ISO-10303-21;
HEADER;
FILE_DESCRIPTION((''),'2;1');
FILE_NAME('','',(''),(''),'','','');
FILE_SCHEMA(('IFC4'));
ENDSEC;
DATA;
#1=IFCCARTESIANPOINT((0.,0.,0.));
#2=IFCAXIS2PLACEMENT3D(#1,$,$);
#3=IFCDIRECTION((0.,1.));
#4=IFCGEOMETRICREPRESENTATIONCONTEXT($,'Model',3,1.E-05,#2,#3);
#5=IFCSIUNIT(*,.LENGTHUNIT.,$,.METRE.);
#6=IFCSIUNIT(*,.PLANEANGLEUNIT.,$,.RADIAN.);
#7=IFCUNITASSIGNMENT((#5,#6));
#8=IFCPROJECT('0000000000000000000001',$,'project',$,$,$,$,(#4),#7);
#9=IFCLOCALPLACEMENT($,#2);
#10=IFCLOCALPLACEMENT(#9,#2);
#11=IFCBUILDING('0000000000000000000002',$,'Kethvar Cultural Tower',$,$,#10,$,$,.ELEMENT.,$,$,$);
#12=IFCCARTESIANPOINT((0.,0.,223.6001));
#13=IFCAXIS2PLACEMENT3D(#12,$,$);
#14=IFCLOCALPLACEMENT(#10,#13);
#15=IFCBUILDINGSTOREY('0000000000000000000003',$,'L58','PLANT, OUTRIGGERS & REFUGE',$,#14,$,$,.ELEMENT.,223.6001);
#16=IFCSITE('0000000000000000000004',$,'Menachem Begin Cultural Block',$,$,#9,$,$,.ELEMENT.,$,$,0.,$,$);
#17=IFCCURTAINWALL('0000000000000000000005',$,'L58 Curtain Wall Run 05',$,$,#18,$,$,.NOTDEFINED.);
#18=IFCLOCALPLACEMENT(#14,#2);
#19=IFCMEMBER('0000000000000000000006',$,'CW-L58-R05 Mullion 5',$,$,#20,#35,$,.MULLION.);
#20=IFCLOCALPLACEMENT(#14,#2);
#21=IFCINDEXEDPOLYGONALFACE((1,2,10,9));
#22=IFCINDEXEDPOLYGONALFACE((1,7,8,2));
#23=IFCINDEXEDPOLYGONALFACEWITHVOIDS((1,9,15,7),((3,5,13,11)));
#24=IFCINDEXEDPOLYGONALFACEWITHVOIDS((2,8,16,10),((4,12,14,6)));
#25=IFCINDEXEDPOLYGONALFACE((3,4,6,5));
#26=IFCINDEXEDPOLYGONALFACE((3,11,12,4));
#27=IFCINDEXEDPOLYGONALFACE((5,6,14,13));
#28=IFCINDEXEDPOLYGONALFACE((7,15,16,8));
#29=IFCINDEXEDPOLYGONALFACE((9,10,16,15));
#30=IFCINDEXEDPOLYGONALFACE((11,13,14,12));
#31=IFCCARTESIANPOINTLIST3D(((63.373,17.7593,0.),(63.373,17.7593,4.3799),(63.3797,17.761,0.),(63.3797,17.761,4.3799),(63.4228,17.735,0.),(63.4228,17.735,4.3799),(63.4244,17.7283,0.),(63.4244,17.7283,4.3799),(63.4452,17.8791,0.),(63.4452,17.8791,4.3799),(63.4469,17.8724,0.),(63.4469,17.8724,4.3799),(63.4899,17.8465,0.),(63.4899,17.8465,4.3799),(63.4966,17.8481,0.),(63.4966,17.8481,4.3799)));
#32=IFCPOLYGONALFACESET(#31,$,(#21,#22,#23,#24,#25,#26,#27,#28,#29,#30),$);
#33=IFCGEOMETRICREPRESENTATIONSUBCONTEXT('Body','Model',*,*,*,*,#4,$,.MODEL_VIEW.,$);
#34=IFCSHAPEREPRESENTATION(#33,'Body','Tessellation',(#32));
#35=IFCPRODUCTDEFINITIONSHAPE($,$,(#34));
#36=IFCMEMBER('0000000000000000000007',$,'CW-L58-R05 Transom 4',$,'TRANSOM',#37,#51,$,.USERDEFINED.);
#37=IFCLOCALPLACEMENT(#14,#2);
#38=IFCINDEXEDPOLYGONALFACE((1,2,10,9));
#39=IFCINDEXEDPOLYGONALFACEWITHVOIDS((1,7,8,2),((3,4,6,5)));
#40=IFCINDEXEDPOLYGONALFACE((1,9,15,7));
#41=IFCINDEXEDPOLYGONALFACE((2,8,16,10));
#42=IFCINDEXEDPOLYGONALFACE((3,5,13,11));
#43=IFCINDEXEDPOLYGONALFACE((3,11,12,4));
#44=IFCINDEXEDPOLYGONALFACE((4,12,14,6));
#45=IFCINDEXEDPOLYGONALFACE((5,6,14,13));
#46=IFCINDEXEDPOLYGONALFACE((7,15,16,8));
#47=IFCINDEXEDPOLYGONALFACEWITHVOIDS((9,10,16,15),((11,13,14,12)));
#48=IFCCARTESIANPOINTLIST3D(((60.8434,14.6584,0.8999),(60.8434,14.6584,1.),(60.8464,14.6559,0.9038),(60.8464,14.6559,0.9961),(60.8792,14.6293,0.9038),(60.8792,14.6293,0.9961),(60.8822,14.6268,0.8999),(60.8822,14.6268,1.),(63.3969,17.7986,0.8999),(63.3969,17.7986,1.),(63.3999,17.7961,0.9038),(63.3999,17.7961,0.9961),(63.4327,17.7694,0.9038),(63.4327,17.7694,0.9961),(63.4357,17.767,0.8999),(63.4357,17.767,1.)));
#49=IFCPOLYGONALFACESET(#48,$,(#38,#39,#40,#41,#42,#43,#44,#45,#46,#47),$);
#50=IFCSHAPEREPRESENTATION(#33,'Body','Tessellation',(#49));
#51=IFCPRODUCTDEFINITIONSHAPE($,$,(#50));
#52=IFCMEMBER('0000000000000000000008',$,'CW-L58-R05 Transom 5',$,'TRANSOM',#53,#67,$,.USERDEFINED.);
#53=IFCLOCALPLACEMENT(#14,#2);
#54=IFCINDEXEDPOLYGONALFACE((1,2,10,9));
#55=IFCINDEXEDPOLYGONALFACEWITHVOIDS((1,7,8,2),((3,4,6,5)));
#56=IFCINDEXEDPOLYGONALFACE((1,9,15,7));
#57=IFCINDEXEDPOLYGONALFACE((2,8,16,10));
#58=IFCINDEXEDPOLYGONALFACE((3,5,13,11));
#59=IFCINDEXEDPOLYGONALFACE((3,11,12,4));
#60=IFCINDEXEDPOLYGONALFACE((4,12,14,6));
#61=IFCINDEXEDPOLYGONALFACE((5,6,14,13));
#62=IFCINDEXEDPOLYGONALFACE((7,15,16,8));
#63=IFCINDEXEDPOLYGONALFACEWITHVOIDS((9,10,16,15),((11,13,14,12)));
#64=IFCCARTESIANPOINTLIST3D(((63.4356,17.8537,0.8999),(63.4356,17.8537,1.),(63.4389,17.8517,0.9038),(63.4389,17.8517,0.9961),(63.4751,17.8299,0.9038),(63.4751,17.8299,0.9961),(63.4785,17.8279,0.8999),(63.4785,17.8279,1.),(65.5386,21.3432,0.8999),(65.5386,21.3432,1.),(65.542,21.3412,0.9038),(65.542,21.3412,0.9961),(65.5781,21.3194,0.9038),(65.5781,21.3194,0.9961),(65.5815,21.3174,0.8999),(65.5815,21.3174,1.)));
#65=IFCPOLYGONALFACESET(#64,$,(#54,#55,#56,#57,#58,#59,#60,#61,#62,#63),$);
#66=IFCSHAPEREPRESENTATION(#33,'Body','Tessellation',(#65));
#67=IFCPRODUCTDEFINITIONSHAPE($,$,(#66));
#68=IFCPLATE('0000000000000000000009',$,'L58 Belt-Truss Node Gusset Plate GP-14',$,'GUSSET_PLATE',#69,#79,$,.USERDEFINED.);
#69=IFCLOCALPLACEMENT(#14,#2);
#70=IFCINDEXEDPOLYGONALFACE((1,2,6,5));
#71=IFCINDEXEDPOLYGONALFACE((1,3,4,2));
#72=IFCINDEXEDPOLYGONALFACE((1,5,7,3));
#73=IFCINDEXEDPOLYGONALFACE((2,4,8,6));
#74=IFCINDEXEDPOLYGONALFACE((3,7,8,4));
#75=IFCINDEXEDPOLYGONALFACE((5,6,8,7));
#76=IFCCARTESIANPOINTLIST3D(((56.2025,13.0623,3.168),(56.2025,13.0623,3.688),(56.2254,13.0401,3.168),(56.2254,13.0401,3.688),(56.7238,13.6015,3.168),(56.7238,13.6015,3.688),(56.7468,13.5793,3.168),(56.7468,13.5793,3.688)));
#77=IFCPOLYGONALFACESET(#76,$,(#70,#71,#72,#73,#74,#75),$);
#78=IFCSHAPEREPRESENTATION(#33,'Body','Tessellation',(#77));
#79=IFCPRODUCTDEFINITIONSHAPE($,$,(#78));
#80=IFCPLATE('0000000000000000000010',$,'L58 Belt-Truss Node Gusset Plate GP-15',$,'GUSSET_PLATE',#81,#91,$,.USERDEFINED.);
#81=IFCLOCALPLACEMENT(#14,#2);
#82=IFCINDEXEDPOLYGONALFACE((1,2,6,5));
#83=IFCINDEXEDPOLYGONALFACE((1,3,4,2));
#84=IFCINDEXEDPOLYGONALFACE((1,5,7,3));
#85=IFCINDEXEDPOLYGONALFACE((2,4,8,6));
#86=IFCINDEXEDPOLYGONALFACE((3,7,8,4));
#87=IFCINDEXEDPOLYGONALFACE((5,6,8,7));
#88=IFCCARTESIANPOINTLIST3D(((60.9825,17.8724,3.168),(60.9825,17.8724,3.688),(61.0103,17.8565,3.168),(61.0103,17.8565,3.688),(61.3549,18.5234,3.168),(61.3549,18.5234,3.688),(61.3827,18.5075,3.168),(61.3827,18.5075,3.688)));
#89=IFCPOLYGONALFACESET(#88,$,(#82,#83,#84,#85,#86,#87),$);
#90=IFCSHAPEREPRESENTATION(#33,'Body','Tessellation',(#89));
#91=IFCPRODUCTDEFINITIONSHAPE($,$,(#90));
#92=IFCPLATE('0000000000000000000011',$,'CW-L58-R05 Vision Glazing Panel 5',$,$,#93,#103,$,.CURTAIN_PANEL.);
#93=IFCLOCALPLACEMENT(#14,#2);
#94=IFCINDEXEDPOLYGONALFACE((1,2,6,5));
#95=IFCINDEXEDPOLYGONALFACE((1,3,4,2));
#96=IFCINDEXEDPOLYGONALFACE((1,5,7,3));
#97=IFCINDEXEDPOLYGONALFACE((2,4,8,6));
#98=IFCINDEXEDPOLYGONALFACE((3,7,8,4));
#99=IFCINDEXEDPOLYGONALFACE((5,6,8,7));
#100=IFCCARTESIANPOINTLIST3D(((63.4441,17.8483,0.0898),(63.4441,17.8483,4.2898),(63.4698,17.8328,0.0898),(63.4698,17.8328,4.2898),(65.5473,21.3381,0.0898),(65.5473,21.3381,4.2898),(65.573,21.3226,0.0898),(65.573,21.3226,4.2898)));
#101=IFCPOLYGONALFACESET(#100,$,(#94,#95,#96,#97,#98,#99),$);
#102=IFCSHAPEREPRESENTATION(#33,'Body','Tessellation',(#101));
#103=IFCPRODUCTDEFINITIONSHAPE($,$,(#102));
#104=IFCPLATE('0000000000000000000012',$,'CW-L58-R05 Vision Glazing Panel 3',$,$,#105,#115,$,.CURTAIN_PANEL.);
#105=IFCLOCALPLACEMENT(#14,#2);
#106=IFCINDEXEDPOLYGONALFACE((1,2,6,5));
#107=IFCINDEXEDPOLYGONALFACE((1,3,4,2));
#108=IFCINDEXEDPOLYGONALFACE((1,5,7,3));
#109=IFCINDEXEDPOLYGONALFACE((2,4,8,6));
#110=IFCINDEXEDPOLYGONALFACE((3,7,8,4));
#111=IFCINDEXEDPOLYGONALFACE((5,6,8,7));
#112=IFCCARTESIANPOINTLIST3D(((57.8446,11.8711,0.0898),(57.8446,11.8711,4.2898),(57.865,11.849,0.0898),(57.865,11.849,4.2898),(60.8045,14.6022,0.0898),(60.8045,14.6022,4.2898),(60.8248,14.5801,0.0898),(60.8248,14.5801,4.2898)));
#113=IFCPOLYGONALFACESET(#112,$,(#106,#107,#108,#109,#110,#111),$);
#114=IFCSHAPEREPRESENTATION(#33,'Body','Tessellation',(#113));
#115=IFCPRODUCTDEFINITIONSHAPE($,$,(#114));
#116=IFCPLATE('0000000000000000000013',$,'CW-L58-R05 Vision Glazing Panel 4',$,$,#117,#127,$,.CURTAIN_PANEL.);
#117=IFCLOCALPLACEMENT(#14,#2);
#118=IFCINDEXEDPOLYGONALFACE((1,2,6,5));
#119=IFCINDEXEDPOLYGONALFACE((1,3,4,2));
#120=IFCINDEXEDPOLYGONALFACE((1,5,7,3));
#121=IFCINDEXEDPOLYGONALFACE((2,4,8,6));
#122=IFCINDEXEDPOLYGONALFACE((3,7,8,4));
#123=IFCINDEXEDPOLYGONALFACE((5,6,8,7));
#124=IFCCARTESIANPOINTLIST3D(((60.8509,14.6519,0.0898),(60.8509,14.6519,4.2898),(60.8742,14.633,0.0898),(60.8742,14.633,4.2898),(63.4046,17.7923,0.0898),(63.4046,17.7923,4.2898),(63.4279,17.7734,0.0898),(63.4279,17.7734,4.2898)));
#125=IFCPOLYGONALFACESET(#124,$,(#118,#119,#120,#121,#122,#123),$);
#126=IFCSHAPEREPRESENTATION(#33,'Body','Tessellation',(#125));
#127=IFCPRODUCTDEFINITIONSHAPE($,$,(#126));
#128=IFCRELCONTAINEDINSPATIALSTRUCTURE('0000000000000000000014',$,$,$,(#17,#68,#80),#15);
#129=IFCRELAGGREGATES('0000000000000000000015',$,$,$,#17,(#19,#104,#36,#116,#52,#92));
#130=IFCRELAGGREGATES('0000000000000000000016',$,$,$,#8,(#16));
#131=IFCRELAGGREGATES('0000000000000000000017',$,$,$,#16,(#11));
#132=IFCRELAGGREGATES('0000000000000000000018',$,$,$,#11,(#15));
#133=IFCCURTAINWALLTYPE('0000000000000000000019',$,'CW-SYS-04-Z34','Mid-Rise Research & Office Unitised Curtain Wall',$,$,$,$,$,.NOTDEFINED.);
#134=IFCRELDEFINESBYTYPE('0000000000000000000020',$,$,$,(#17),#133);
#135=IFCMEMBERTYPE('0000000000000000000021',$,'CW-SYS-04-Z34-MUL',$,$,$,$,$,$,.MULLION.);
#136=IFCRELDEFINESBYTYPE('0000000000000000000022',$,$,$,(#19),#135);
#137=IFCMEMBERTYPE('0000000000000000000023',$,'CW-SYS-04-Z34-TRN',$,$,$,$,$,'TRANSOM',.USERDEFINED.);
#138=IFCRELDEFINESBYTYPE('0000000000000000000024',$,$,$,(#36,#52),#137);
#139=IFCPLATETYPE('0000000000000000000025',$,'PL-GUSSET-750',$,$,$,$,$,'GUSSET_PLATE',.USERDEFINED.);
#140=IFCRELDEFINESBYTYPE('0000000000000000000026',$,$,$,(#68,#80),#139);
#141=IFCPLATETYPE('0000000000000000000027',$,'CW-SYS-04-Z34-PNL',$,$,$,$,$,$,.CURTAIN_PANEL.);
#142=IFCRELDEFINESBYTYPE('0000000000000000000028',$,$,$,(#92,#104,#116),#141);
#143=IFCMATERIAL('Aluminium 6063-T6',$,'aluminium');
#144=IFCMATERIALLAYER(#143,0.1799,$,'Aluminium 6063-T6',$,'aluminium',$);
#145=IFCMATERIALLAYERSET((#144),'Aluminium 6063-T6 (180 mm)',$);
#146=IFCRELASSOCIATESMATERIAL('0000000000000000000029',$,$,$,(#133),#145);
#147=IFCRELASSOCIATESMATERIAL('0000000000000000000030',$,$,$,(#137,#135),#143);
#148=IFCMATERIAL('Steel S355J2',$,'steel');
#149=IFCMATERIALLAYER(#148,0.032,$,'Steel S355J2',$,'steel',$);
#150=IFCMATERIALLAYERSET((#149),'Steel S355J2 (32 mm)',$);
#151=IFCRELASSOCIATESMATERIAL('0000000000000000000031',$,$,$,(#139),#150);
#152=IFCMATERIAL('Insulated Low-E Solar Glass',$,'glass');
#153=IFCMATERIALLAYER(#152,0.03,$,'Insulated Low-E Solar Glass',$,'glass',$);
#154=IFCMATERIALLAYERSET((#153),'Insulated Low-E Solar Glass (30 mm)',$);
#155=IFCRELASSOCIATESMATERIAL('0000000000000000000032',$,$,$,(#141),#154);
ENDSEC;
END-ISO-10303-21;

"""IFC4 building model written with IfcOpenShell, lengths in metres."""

from ifc_helpers import new_model, si_unit, direction, frame, origin, origin_2d, place, context, subcontext, project, spatial, rectangle, hollow_rectangle, extrude, source, transform, mapped, material, layer, layer_set, material_profile, profile_set, type_object, element, aggregate, save


model = new_model("IFC4")

# Units and contexts
model_context = context("Model", 3, precision=1e-05, world=origin(), true_north=direction((0.0, 1.0)))
body_context = subcontext(model_context, "Body", "Model", "MODEL_VIEW")
ifc_project = project(units=[si_unit("LENGTHUNIT", "METRE"), si_unit("PLANEANGLEUNIT", "RADIAN")], contexts=[model_context])

# Site, building, storey
site_placement = place(None, origin())
site = spatial("IfcSite", under=ifc_project, at=site_placement, Name="Menachem Begin Cultural Block", CompositionType="ELEMENT", RefElevation=0.0)
building_placement = place(site_placement, origin())
building = spatial("IfcBuilding", under=site, at=building_placement, Name="Kethvar Cultural Tower", CompositionType="ELEMENT")
storey_placement = place(building_placement, frame((0.0, 0.0, 223.6001)))
storey = spatial("IfcBuildingStorey", under=building, at=storey_placement, Name="L58", Description="PLANT, OUTRIGGERS & REFUGE", CompositionType="ELEMENT", Elevation=223.6001)

# Shared definitions
ifc_material_1 = material(Name="Steel S355J2", Category="steel")

# Curtain wall, members
ifc_material_2 = material(Name="Aluminium 6063-T6", Category="aluminium")
ifc_layer_1 = layer(ifc_material_2, 0.1799, Name="Aluminium 6063-T6", Category="aluminium")
ifc_layer_set_1 = layer_set([ifc_layer_1], Name="Aluminium 6063-T6 (180 mm)")
curtain_wall_type = type_object("IfcCurtainWallType", Name="CW-SYS-04-Z34", Description="Mid-Rise Research & Office Unitised Curtain Wall", PredefinedType="NOTDEFINED", material=ifc_layer_set_1)
curtain_wall_placement = place(storey_placement, origin())
curtain_wall = element("IfcCurtainWall", 1, at=curtain_wall_placement, inside=storey, type_object=curtain_wall_type, Name="L58 Curtain Wall Run 05", PredefinedType="NOTDEFINED")
ifc_material_profile_1 = material_profile(ifc_material_2, hollow_rectangle(XDim=0.05, YDim=0.1001, WallThickness=0.0039, at=origin_2d()), Name="Aluminium 6063-T6 — RHS100x50x4")
ifc_profile_set_1 = profile_set([ifc_material_profile_1], Name="Aluminium 6063-T6 — RHS100x50x4")
member_type_1 = type_object("IfcMemberType", Name="CW-SYS-04-Z34-TRN", ElementType="TRANSOM", PredefinedType="USERDEFINED", material=ifc_profile_set_1)
ifc_material_profile_2 = material_profile(ifc_material_2, hollow_rectangle(XDim=0.0601, YDim=0.1399, WallThickness=0.0049, at=origin_2d()), Name="Aluminium 6063-T6 — RHS140x60x5")
ifc_profile_set_2 = profile_set([ifc_material_profile_2], Name="Aluminium 6063-T6 — RHS140x60x5")
member_type_2 = type_object("IfcMemberType", Name="CW-SYS-04-Z34-MUL", PredefinedType="MULLION", material=ifc_profile_set_2)
shared_shape_1 = source(origin(), body_context, "Body", "SweptSolid", [
    extrude(hollow_rectangle(XDim=0.0601, YDim=0.1399, WallThickness=0.0049, at=origin_2d()), origin(), (0.0, 0.0, 1.0), 4.3799),
])
member_1_placement = place(storey_placement, frame((63.4348, 17.8037, 0.0), z_axis=(0.0, 0.0, 1.0), x_axis=(-0.856483, 0.516175, 0.0)))
member_1 = element("IfcMember", 2, at=member_1_placement, type_object=member_type_2, Name="CW-L58-R05 Mullion 5", PredefinedType="MULLION", context=body_context, shape_type="MappedRepresentation", body=[
    mapped(shared_shape_1, transform((0.0, 0.0, 0.0), scale=1.0)),
])
shared_shape_2 = source(origin(), body_context, "Body", "SweptSolid", [
    extrude(hollow_rectangle(XDim=0.05, YDim=0.1001, WallThickness=0.0039, at=origin_2d()), origin(), (0.0, 0.0, 1.0), 4.0474),
])
member_2_placement = place(storey_placement, frame((60.8628, 14.6426, 0.95), z_axis=(0.630906, 0.775859, 0.0), x_axis=(-0.775859, 0.630906, 0.0)))
member_2 = element("IfcMember", 3, at=member_2_placement, type_object=member_type_1, Name="CW-L58-R05 Transom 4", ObjectType="TRANSOM", PredefinedType="USERDEFINED", context=body_context, shape_type="MappedRepresentation", body=[
    mapped(shared_shape_2, transform((0.0, 0.0, 0.0), scale=1.0)),
])
shared_shape_3 = source(origin(), body_context, "Body", "SweptSolid", [
    extrude(hollow_rectangle(XDim=0.05, YDim=0.1001, WallThickness=0.0039, at=origin_2d()), origin(), (0.0, 0.0, 1.0), 4.0742),
])
member_3_placement = place(storey_placement, frame((63.457, 17.8408, 0.95), z_axis=(0.516178, 0.856481, 0.0), x_axis=(-0.856481, 0.516178, 0.0)))
member_3 = element("IfcMember", 4, at=member_3_placement, type_object=member_type_1, Name="CW-L58-R05 Transom 5", ObjectType="TRANSOM", PredefinedType="USERDEFINED", context=body_context, shape_type="MappedRepresentation", body=[
    mapped(shared_shape_3, transform((0.0, 0.0, 0.0), scale=1.0)),
])

# Plates
ifc_layer_2 = layer(ifc_material_1, 0.032, Name="Steel S355J2", Category="steel")
ifc_layer_set_2 = layer_set([ifc_layer_2], Name="Steel S355J2 (32 mm)")
plate_type_1 = type_object("IfcPlateType", Name="PL-GUSSET-750", ElementType="GUSSET_PLATE", PredefinedType="USERDEFINED", material=ifc_layer_set_2)
shared_shape_4 = source(origin(), body_context, "Body", "SweptSolid", [
    extrude(rectangle(XDim=0.75, YDim=0.032, at=origin_2d()), origin(), (0.0, 0.0, 1.0), 0.52),
])
for number, where, z_axis, x_axis, name in (
    (5, (56.4746, 13.3208, 3.168), (0.0, 0.0, 1.0), (0.695099, 0.718914, 0.0), "L58 Belt-Truss Node Gusset Plate GP-14"),
    (6, (61.1826, 18.1899, 3.168), (0.0, 0.0, 1.0), (0.496501, 0.868036, 0.0), "L58 Belt-Truss Node Gusset Plate GP-15"),
):
    element("IfcPlate", number, at=place(storey_placement, frame(where, z_axis=z_axis, x_axis=x_axis)), inside=storey, type_object=plate_type_1, Name=name, ObjectType="GUSSET_PLATE", PredefinedType="USERDEFINED", context=body_context, shape_type="MappedRepresentation", body=[
        mapped(shared_shape_4, transform((0.0, 0.0, 0.0), scale=1.0)),
    ])

# Plates
ifc_material_3 = material(Name="Insulated Low-E Solar Glass", Category="glass")
ifc_layer_3 = layer(ifc_material_3, 0.03, Name="Insulated Low-E Solar Glass", Category="glass")
ifc_layer_set_3 = layer_set([ifc_layer_3], Name="Insulated Low-E Solar Glass (30 mm)")
plate_type_2 = type_object("IfcPlateType", Name="CW-SYS-04-Z34-PNL", PredefinedType="CURTAIN_PANEL", material=ifc_layer_set_3)
shared_shape_5 = source(origin(), body_context, "Body", "SweptSolid", [
    extrude(rectangle(XDim=4.0745, YDim=0.03, at=origin_2d()), origin(), (0.0, 0.0, 1.0), 4.2),
])
plate_1_placement = place(storey_placement, frame((64.5085, 19.5854, 0.0898), z_axis=(0.0, 0.0, 1.0), x_axis=(0.516175, 0.856483, 0.0)))
plate_1 = element("IfcPlate", 7, at=plate_1_placement, type_object=plate_type_2, Name="CW-L58-R05 Vision Glazing Panel 5", PredefinedType="CURTAIN_PANEL", context=body_context, shape_type="MappedRepresentation", body=[
    mapped(shared_shape_5, transform((0.0, 0.0, 0.0), scale=1.0)),
])
shared_shape_6 = source(origin(), body_context, "Body", "SweptSolid", [
    extrude(rectangle(XDim=4.0273, YDim=0.03, at=origin_2d()), origin(), (0.0, 0.0, 1.0), 4.2),
])
plate_2_placement = place(storey_placement, frame((59.3347, 13.2256, 0.0898), z_axis=(0.0, 0.0, 1.0), x_axis=(0.734938, 0.678134, 0.0)))
plate_2 = element("IfcPlate", 8, at=plate_2_placement, type_object=plate_type_2, Name="CW-L58-R05 Vision Glazing Panel 3", PredefinedType="CURTAIN_PANEL", context=body_context, shape_type="MappedRepresentation", body=[
    mapped(shared_shape_6, transform((0.0, 0.0, 0.0), scale=1.0)),
])
shared_shape_7 = source(origin(), body_context, "Body", "SweptSolid", [
    extrude(rectangle(XDim=4.0476, YDim=0.03, at=origin_2d()), origin(), (0.0, 0.0, 1.0), 4.2),
])
plate_3_placement = place(storey_placement, frame((62.1394, 16.2126, 0.0898), z_axis=(0.0, 0.0, 1.0), x_axis=(0.630906, 0.775859, 0.0)))
plate_3 = element("IfcPlate", 9, at=plate_3_placement, type_object=plate_type_2, Name="CW-L58-R05 Vision Glazing Panel 4", PredefinedType="CURTAIN_PANEL", context=body_context, shape_type="MappedRepresentation", body=[
    mapped(shared_shape_7, transform((0.0, 0.0, 0.0), scale=1.0)),
])
aggregate(curtain_wall, [member_1, plate_2, member_2, plate_3, member_3, plate_1])

save(model, "model.ifc")
